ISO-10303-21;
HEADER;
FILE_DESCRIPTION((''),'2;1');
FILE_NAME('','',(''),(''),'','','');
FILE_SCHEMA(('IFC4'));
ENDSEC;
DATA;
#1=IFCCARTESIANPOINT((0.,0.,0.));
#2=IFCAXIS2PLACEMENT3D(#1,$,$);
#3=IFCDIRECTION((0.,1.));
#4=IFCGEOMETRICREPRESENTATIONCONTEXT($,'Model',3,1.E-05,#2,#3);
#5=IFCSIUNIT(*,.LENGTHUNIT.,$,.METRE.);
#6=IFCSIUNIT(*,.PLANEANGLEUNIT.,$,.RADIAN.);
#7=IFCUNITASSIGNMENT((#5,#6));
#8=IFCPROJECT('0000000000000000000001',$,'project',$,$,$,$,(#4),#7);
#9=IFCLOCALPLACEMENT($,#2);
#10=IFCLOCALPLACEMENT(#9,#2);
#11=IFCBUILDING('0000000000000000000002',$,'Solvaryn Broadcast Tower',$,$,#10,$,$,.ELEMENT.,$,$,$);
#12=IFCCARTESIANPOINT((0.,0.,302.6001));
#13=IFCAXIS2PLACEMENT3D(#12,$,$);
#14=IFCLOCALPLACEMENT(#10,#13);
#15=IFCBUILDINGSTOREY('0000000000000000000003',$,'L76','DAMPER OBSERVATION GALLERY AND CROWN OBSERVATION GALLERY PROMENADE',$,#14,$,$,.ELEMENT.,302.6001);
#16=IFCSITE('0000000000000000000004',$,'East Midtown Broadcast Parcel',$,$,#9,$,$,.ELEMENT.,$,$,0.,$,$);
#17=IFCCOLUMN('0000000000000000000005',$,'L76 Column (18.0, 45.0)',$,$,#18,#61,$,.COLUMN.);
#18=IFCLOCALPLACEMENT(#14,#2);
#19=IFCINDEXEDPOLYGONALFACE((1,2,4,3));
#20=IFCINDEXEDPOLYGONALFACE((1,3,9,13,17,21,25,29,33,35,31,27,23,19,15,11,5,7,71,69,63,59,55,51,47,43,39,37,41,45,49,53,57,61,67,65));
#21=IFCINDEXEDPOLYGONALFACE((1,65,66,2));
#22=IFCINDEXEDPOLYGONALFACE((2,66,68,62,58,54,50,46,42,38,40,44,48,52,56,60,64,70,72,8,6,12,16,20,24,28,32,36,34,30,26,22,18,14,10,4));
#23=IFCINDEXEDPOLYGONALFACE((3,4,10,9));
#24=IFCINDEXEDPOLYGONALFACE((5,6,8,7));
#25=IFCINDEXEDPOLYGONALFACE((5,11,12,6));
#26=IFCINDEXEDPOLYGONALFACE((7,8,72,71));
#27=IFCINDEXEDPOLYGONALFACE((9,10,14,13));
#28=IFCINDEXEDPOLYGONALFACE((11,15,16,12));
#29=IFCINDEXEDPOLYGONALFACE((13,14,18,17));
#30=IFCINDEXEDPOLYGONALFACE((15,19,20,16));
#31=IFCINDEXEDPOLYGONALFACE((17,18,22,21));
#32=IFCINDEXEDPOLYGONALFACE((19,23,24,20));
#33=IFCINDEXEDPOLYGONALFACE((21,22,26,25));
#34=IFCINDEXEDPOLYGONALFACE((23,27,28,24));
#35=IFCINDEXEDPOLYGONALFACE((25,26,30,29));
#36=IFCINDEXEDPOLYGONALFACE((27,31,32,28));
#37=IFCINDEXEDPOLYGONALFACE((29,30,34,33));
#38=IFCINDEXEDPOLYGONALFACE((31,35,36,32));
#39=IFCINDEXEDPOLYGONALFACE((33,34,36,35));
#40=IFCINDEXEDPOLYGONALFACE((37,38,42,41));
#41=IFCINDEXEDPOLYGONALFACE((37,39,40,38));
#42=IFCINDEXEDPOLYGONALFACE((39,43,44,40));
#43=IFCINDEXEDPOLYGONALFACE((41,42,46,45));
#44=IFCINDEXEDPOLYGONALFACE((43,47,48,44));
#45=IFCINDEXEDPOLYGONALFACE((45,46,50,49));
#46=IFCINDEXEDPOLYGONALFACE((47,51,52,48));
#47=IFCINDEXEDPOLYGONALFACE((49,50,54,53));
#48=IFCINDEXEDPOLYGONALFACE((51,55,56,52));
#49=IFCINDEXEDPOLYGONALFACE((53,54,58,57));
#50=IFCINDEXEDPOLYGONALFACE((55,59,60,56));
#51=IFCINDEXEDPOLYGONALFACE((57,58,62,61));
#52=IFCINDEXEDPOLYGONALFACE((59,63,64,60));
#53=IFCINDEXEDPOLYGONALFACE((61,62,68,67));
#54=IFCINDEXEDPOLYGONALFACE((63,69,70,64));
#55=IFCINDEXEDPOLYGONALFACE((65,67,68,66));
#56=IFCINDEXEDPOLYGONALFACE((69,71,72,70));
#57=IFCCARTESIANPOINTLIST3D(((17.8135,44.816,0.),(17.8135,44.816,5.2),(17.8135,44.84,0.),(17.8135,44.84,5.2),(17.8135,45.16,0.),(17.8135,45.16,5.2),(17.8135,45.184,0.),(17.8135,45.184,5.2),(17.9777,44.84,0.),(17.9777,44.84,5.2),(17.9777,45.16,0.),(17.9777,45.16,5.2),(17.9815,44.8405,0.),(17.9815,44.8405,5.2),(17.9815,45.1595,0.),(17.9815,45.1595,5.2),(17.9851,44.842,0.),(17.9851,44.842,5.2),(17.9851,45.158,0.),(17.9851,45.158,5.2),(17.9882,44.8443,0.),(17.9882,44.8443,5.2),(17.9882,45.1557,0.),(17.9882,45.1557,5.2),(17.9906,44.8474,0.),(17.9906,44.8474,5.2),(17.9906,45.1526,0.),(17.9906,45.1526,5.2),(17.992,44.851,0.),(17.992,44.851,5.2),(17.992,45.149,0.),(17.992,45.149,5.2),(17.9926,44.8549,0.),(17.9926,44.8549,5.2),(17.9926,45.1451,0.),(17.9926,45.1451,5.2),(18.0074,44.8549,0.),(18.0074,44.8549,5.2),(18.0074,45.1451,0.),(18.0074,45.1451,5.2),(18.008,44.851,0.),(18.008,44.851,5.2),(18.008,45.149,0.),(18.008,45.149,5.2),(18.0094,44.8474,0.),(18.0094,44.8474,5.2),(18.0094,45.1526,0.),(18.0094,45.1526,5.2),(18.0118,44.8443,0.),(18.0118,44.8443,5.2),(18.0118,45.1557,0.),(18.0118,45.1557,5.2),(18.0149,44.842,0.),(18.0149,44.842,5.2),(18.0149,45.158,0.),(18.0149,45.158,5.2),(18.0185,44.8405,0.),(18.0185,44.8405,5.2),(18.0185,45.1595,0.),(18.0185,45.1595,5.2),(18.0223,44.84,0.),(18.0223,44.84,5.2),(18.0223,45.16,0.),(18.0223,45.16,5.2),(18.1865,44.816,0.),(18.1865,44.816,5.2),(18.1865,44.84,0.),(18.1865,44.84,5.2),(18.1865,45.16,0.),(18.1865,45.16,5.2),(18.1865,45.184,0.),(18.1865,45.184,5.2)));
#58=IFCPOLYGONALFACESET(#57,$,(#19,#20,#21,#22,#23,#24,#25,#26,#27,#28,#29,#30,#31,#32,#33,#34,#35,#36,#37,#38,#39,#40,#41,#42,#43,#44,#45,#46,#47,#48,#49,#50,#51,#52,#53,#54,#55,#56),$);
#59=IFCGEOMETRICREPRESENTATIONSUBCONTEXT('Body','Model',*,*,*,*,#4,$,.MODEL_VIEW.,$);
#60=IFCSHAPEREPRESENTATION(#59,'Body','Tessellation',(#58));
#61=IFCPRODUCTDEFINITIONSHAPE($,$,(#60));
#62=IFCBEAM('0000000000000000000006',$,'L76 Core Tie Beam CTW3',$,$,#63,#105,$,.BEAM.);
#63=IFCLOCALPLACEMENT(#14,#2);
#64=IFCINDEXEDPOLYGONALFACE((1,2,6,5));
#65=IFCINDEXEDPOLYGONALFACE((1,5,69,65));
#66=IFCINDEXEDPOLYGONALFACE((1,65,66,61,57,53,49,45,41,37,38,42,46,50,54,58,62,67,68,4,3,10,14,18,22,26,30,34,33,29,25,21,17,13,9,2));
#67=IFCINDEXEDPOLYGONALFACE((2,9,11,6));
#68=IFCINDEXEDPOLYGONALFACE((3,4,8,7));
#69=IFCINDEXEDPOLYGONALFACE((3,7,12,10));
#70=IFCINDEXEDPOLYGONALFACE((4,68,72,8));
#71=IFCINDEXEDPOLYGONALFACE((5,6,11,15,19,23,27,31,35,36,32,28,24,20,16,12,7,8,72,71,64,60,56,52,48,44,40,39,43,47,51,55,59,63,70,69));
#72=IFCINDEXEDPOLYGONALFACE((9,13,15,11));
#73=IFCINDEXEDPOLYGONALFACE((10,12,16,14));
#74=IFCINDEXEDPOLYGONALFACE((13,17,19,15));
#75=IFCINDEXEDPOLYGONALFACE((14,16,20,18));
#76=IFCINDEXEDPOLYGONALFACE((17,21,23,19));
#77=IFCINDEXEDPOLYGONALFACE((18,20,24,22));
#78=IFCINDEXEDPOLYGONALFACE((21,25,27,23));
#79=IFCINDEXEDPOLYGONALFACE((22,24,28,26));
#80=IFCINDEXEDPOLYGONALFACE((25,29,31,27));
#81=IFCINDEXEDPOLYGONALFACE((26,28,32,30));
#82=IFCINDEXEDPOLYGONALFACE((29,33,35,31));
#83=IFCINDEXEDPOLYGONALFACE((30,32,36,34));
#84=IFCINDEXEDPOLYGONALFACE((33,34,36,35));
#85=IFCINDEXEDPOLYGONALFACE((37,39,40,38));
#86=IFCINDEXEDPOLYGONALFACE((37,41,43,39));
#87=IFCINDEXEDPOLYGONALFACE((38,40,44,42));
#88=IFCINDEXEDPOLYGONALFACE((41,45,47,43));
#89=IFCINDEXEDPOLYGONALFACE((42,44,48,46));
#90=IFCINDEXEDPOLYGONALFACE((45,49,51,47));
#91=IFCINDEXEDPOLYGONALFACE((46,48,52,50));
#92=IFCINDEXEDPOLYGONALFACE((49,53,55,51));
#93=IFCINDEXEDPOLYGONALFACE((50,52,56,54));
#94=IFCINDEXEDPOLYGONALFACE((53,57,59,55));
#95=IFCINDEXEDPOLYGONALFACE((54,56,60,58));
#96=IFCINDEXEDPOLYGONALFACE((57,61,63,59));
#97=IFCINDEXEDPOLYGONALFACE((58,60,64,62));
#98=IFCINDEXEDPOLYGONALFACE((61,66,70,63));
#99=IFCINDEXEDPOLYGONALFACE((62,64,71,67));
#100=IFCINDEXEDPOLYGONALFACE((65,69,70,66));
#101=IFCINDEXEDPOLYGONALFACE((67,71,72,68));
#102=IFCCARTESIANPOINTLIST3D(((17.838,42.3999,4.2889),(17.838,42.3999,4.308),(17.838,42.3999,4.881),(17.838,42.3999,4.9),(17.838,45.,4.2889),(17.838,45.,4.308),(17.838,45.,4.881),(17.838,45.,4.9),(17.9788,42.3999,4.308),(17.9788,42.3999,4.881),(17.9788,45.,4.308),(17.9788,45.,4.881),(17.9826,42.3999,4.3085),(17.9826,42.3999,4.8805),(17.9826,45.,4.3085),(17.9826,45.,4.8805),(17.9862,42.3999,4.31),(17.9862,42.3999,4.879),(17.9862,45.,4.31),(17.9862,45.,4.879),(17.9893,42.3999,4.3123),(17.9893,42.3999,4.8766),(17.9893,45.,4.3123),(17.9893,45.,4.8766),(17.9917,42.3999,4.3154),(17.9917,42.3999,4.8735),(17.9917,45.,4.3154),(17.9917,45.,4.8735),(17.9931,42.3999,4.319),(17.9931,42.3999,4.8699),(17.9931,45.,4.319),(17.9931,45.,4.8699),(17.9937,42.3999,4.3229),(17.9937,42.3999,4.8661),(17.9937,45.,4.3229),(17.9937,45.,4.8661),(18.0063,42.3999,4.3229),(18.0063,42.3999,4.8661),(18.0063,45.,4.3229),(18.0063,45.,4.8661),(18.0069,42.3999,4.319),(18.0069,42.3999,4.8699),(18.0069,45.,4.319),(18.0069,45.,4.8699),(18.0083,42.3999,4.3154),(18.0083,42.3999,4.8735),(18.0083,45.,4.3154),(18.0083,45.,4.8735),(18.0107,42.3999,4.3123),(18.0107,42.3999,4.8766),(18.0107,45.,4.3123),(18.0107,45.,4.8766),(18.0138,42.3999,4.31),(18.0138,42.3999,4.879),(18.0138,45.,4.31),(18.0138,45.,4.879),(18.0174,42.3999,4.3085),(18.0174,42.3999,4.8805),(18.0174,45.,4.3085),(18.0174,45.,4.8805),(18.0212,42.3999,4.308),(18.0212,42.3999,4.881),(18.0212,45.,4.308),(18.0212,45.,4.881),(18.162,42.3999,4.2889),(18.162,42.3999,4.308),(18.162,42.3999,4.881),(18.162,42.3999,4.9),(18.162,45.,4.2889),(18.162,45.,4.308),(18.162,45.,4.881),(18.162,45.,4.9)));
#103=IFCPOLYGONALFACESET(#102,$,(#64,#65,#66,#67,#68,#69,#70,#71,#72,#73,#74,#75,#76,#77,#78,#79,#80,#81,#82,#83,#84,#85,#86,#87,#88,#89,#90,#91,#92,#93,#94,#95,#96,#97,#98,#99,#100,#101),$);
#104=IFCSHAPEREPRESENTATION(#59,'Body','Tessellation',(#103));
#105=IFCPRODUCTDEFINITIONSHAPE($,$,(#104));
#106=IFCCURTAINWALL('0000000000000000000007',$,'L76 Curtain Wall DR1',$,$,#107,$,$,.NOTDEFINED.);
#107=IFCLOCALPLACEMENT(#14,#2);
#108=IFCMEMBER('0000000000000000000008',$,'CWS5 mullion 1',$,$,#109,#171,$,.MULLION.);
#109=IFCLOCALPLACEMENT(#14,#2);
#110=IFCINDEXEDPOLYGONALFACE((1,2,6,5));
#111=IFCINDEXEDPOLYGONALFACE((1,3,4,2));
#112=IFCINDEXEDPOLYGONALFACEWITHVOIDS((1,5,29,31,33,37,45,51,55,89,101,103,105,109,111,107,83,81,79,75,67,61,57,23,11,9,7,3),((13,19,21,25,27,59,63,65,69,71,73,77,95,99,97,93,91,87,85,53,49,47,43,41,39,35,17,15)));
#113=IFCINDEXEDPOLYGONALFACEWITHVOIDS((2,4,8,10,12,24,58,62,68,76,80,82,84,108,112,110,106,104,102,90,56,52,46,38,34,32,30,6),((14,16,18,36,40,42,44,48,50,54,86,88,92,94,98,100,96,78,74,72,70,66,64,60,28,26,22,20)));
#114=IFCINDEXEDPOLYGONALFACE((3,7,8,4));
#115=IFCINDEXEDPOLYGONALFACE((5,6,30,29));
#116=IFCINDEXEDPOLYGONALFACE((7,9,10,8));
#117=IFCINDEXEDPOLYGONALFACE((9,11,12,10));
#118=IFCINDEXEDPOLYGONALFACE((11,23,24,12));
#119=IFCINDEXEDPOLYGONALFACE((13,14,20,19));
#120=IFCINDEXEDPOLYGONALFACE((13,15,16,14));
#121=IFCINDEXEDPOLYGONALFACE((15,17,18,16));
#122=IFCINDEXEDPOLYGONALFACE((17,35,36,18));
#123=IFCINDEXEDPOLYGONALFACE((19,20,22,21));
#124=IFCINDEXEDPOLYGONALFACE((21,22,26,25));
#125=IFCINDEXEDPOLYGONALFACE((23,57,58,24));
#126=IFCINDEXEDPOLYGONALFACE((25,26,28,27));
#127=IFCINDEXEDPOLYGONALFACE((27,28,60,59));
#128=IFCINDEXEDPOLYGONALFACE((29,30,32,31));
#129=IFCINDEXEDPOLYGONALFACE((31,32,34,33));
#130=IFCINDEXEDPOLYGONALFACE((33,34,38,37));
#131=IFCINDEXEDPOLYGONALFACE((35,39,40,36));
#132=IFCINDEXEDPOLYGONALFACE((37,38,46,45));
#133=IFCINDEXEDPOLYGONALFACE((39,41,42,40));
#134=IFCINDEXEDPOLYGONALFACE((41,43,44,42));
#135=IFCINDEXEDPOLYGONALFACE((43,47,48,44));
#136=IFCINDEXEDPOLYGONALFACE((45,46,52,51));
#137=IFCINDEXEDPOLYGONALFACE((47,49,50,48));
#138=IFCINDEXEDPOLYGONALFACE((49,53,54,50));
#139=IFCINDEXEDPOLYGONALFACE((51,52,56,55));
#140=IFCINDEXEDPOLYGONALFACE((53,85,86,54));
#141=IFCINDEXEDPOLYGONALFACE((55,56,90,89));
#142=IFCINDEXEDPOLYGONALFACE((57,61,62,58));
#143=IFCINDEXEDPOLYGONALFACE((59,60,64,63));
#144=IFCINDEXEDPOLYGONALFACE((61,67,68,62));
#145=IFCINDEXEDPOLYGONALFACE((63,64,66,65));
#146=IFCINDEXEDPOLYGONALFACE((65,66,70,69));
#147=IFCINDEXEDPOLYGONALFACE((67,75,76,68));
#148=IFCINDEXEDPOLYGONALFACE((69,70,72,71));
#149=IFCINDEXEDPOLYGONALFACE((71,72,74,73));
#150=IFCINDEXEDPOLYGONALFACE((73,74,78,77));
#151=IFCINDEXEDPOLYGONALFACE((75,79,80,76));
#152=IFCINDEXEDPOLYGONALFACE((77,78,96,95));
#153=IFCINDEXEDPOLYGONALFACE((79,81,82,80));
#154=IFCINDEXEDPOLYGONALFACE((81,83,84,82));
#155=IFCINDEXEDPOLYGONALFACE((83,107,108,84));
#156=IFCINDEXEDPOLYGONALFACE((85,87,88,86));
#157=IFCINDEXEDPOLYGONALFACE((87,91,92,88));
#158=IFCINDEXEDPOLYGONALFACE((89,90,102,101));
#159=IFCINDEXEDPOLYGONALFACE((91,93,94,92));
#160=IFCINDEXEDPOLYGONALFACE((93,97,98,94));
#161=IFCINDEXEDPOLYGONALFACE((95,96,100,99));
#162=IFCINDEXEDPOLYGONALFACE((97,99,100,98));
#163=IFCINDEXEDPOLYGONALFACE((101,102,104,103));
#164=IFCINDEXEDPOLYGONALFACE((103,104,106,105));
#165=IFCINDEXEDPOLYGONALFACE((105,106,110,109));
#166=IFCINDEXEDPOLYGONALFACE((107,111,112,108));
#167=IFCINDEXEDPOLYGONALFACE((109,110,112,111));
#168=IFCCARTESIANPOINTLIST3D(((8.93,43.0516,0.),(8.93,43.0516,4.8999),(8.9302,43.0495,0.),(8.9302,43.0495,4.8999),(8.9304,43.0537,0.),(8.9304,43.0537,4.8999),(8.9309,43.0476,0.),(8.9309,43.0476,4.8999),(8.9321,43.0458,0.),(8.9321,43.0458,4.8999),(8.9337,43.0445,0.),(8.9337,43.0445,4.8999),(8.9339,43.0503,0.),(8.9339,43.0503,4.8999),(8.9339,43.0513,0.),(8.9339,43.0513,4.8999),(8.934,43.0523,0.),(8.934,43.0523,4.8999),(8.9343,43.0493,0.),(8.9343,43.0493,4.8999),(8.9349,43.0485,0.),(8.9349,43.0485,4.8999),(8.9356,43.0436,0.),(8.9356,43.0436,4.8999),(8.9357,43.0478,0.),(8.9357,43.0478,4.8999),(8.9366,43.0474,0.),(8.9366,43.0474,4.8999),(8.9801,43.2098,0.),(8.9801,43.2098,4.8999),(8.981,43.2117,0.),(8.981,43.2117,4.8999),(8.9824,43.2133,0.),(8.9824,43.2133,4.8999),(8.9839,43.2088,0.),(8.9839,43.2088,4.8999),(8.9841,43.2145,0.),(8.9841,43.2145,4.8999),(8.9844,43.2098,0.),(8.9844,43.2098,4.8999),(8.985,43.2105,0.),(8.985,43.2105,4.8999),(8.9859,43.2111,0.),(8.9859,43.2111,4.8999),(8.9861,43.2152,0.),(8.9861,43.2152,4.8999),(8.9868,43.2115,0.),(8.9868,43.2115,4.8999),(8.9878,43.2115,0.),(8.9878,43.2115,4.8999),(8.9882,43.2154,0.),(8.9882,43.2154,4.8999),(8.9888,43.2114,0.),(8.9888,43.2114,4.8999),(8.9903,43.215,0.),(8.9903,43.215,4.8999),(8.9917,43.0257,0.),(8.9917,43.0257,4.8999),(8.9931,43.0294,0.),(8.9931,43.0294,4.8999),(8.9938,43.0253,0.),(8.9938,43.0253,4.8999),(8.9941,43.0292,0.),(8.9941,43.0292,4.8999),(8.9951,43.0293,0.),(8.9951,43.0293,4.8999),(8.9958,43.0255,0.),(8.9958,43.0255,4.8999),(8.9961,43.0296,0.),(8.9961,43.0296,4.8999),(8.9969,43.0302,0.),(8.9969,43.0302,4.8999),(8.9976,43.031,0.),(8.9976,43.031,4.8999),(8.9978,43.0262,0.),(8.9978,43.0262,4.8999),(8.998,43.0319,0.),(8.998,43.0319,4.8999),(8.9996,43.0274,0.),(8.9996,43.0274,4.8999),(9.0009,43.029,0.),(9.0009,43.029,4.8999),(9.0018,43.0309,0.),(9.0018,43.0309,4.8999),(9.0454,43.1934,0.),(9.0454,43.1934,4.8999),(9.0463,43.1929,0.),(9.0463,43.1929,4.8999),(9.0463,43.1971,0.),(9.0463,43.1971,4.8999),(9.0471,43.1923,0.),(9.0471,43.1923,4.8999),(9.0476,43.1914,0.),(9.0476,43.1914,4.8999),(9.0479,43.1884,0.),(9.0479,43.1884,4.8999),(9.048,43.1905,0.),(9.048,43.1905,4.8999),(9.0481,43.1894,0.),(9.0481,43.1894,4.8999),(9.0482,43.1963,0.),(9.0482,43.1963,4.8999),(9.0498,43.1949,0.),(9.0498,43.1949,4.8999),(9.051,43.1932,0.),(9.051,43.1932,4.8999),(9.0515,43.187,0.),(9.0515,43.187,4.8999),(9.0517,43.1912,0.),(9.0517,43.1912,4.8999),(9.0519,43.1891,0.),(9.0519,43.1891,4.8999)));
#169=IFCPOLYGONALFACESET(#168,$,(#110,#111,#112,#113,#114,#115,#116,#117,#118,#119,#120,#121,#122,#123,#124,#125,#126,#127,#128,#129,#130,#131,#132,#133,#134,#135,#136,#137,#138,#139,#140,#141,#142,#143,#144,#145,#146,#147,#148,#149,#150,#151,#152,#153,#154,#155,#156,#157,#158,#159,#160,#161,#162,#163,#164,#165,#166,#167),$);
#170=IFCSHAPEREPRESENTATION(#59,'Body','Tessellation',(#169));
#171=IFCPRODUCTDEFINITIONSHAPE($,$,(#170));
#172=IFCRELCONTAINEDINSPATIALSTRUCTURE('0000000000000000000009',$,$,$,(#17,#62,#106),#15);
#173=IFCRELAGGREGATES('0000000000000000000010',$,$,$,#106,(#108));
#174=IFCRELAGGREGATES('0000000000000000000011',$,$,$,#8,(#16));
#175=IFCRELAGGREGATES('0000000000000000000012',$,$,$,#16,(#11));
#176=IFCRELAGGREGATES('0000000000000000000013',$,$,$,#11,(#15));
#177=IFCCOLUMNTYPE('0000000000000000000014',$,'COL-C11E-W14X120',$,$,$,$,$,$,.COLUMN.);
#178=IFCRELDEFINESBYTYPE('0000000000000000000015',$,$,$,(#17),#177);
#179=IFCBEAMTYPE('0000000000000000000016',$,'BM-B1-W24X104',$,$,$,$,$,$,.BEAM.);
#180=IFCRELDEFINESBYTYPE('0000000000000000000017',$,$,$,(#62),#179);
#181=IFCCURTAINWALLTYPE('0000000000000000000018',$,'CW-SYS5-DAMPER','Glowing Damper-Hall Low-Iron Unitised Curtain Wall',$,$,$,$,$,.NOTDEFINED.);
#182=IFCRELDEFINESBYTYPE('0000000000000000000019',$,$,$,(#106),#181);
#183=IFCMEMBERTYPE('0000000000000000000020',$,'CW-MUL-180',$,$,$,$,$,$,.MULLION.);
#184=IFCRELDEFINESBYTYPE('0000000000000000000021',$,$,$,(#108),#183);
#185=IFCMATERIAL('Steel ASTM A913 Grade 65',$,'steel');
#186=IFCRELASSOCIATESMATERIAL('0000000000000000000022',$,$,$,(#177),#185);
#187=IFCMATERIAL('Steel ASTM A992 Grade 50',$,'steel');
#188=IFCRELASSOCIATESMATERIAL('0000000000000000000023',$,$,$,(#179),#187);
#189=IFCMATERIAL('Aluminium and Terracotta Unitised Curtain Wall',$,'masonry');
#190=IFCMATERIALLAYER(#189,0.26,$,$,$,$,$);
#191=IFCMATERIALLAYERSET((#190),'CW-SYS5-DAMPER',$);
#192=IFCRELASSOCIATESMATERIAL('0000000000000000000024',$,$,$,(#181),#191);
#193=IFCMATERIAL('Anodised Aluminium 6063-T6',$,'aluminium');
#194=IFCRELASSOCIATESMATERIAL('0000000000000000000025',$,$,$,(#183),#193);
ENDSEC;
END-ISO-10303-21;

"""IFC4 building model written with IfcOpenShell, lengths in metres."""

from ifc_helpers import new_model, si_unit, direction, frame, origin, origin_2d, place, context, subcontext, project, spatial, hollow_rectangle, i_section, extrude, material, layer, layer_set, material_profile, profile_set, type_object, element, aggregate, save


model = new_model("IFC4")

# Units and contexts
model_context = context("Model", 3, precision=1e-05, world=origin(), true_north=direction((0.0, 1.0)))
body_context = subcontext(model_context, "Body", "Model", "MODEL_VIEW")
ifc_project = project(units=[si_unit("LENGTHUNIT", "METRE"), si_unit("PLANEANGLEUNIT", "RADIAN")], contexts=[model_context])

# Site, building, storey
site_placement = place(None, origin())
site = spatial("IfcSite", under=ifc_project, at=site_placement, Name="East Midtown Broadcast Parcel", CompositionType="ELEMENT", RefElevation=0.0)
building_placement = place(site_placement, origin())
building = spatial("IfcBuilding", under=site, at=building_placement, Name="Solvaryn Broadcast Tower", CompositionType="ELEMENT")
storey_placement = place(building_placement, frame((0.0, 0.0, 302.6001)))
storey = spatial("IfcBuildingStorey", under=building, at=storey_placement, Name="L76", Description="DAMPER OBSERVATION GALLERY AND CROWN OBSERVATION GALLERY PROMENADE", CompositionType="ELEMENT", Elevation=302.6001)

# Column
ifc_material_1 = material(Name="Steel ASTM A913 Grade 65", Category="steel")
ifc_material_profile_1 = material_profile(ifc_material_1, i_section(OverallWidth=0.373, OverallDepth=0.3679, WebThickness=0.0149, FlangeThickness=0.0239, FilletRadius=0.0149, at=origin_2d()))
ifc_profile_set_1 = profile_set([ifc_material_profile_1], Name="Steel ASTM A913 Grade 65")
column_type = type_object("IfcColumnType", Name="COL-C11E-W14X120", PredefinedType="COLUMN", material=ifc_profile_set_1)
column_placement = place(storey_placement, frame((18.0, 45.0, 0.0), z_axis=(0.0, 0.0, 1.0), x_axis=(1.0, 0.0, 0.0)))
element("IfcColumn", 1, at=column_placement, inside=storey, type_object=column_type, Name="L76 Column (18.0, 45.0)", PredefinedType="COLUMN", context=body_context, shape_type="SweptSolid", body=[
    extrude(i_section(OverallWidth=0.373, OverallDepth=0.3679, WebThickness=0.0149, FlangeThickness=0.0239, FilletRadius=0.0149, at=origin_2d()), origin(), (0.0, 0.0, 1.0), 5.2),
])

# Beam
ifc_material_2 = material(Name="Steel ASTM A992 Grade 50", Category="steel")
ifc_material_profile_2 = material_profile(ifc_material_2, i_section(OverallWidth=0.324, OverallDepth=0.6111, WebThickness=0.0127, FlangeThickness=0.019, FilletRadius=0.0149, at=origin_2d()))
ifc_profile_set_2 = profile_set([ifc_material_profile_2], Name="Steel ASTM A992 Grade 50")
beam_type = type_object("IfcBeamType", Name="BM-B1-W24X104", PredefinedType="BEAM", material=ifc_profile_set_2)
beam_placement = place(storey_placement, frame((18.0, 42.3999, 4.5945), z_axis=(0.0, 1.0, 0.0), x_axis=(-1.0, 0.0, 0.0)))
element("IfcBeam", 2, at=beam_placement, inside=storey, type_object=beam_type, Name="L76 Core Tie Beam CTW3", PredefinedType="BEAM", context=body_context, shape_type="SweptSolid", body=[
    extrude(i_section(OverallWidth=0.324, OverallDepth=0.6111, WebThickness=0.0127, FlangeThickness=0.019, FilletRadius=0.0149, at=origin_2d()), origin(), (0.0, 0.0, 1.0), 2.6001),
])

# Curtain wall, member
ifc_material_3 = material(Name="Aluminium and Terracotta Unitised Curtain Wall", Category="masonry")
ifc_layer_1 = layer(ifc_material_3, 0.26)
ifc_layer_set_1 = layer_set([ifc_layer_1], Name="CW-SYS5-DAMPER")
curtain_wall_type = type_object("IfcCurtainWallType", Name="CW-SYS5-DAMPER", Description="Glowing Damper-Hall Low-Iron Unitised Curtain Wall", PredefinedType="NOTDEFINED", material=ifc_layer_set_1)
curtain_wall_1_placement = place(storey_placement, origin())
curtain_wall_1 = element("IfcCurtainWall", 3, at=curtain_wall_1_placement, inside=storey, type_object=curtain_wall_type, Name="L76 Curtain Wall DR1", PredefinedType="NOTDEFINED")
ifc_material_4 = material(Name="Anodised Aluminium 6063-T6", Category="aluminium")
ifc_material_profile_3 = material_profile(ifc_material_4, hollow_rectangle(XDim=0.075, YDim=0.1799, WallThickness=0.0039, InnerFilletRadius=0.0039, OuterFilletRadius=0.0081, at=origin_2d()))
ifc_profile_set_3 = profile_set([ifc_material_profile_3], Name="Anodised Aluminium 6063-T6")
member_type_1 = type_object("IfcMemberType", Name="CW-MUL-180", PredefinedType="MULLION", material=ifc_profile_set_3)
member_1_placement = place(storey_placement, frame((8.991, 43.1204, 0.0), z_axis=(0.0, 0.0, 1.0), x_axis=(0.952795, -0.303616, 0.0)))
member_1 = element("IfcMember", 4, at=member_1_placement, type_object=member_type_1, Name="CWS5 mullion 1", PredefinedType="MULLION", context=body_context, shape_type="SweptSolid", body=[
    extrude(hollow_rectangle(XDim=0.075, YDim=0.1799, WallThickness=0.0039, InnerFilletRadius=0.0039, OuterFilletRadius=0.0081, at=origin_2d()), origin(), (0.0, 0.0, 1.0), 4.8999),
])

aggregate(curtain_wall_1, [member_1])

save(model, "model.ifc")
